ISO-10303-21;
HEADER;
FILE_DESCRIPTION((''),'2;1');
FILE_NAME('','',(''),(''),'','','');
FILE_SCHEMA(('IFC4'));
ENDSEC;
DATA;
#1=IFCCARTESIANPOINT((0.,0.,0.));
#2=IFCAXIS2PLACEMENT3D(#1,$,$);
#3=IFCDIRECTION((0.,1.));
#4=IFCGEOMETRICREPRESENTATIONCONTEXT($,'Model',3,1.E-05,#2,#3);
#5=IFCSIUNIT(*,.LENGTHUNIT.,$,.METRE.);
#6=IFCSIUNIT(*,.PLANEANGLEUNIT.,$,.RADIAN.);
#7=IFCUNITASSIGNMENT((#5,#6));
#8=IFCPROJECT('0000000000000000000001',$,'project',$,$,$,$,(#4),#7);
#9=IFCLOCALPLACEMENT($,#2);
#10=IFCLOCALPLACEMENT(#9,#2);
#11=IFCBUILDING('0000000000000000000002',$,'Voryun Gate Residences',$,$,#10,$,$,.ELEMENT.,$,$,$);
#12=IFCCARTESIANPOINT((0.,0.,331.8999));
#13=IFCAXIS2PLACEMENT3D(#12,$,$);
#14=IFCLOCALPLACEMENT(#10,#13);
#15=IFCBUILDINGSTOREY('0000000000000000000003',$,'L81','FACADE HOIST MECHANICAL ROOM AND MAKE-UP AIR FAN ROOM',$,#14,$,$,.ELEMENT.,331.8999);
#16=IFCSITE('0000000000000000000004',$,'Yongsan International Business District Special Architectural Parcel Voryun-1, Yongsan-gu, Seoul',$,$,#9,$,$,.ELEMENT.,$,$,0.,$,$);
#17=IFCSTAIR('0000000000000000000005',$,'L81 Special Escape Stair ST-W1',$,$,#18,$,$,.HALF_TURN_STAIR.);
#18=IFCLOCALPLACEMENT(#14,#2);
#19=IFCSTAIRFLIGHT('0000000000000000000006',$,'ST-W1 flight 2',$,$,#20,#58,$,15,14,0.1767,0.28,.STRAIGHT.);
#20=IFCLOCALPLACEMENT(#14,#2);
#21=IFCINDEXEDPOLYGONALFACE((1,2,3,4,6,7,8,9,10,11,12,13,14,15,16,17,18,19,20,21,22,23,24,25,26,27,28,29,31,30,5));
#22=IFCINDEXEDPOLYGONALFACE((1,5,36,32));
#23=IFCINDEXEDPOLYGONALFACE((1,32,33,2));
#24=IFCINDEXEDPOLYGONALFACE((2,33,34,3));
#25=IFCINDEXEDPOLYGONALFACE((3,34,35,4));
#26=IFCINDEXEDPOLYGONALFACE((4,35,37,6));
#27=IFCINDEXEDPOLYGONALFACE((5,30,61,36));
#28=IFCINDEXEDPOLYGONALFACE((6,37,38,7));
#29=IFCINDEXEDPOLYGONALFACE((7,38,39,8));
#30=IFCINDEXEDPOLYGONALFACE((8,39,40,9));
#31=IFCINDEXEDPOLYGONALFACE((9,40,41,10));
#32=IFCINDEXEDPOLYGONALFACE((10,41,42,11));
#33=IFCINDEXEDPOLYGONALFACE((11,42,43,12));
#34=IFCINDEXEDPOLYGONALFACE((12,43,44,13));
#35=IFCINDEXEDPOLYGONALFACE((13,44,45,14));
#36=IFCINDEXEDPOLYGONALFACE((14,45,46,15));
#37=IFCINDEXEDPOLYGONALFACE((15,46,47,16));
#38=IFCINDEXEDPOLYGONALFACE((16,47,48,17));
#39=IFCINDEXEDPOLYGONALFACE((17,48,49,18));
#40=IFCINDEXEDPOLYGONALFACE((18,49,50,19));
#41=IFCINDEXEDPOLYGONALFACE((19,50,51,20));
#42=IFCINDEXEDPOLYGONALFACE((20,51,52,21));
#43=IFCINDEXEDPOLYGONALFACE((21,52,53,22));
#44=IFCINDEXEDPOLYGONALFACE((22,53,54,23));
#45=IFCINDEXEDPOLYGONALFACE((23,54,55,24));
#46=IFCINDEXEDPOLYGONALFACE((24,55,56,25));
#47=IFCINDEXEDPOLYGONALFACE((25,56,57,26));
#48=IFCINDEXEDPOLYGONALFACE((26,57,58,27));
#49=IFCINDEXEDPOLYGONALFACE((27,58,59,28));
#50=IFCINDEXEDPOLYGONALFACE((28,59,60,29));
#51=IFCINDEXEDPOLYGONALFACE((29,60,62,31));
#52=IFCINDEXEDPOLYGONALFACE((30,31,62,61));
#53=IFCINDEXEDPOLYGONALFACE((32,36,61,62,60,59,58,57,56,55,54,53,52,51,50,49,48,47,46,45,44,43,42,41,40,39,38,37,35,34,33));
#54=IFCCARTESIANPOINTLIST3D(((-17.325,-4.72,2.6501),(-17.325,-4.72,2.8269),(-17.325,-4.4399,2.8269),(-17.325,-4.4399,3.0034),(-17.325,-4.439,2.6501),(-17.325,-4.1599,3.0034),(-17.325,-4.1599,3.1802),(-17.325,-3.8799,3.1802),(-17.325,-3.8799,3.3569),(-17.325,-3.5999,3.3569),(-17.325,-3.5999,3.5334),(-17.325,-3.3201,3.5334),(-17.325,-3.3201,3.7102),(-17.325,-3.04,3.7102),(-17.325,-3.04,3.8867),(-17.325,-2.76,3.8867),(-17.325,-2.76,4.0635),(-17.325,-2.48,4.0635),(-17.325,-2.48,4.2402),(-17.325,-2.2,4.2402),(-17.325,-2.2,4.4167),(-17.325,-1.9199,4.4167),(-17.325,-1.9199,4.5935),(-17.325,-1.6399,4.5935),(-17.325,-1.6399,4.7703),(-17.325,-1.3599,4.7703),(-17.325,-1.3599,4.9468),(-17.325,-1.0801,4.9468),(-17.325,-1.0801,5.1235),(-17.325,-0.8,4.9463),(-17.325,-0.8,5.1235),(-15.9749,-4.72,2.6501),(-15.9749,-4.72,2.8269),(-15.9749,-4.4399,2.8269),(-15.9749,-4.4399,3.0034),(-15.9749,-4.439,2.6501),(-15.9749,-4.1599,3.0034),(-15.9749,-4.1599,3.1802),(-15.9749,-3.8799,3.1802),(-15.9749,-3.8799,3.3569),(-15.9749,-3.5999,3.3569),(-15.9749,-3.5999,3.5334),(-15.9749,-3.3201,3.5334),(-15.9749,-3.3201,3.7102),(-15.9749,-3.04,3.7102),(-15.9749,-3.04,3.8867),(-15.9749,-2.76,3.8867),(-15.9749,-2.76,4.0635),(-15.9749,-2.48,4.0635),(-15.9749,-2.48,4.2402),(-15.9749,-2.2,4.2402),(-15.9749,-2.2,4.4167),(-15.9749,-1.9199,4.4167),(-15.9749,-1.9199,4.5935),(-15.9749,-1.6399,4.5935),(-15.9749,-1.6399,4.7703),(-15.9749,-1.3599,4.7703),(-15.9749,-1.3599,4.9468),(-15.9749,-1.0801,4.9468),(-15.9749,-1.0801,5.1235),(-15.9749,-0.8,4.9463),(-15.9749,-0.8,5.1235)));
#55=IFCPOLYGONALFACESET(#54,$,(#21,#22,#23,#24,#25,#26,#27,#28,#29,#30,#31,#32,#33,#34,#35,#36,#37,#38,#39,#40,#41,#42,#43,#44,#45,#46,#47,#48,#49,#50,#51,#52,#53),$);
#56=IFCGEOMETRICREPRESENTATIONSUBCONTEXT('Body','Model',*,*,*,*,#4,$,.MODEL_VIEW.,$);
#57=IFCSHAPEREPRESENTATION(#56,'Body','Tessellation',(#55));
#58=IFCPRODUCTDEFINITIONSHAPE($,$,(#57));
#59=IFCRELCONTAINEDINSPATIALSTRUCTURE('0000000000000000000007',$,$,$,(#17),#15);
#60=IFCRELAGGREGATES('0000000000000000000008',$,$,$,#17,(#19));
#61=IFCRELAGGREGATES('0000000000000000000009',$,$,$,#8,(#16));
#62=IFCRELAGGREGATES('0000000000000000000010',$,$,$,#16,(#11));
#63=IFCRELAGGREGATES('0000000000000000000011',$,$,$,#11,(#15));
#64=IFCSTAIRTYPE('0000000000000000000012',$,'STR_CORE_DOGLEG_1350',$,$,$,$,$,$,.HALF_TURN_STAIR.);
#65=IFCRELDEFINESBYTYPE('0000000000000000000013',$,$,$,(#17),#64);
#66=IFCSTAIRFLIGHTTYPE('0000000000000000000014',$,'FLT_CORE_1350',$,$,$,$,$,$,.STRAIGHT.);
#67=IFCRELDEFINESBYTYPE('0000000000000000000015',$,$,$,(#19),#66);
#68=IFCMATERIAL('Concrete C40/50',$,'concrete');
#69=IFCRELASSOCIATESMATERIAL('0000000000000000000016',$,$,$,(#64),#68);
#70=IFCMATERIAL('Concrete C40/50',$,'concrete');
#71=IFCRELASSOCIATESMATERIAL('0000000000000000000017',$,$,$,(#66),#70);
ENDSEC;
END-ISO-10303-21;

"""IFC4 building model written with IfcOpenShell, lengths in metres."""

from ifc_helpers import new_model, si_unit, direction, frame, origin, place, context, subcontext, project, spatial, polyline, outline, extrude, material, type_object, element, aggregate, save


model = new_model("IFC4")

# Units and contexts
model_context = context("Model", 3, precision=1e-05, world=origin(), true_north=direction((0.0, 1.0)))
body_context = subcontext(model_context, "Body", "Model", "MODEL_VIEW")
ifc_project = project(units=[si_unit("LENGTHUNIT", "METRE"), si_unit("PLANEANGLEUNIT", "RADIAN")], contexts=[model_context])

# Site, building, storey
site_placement = place(None, origin())
site = spatial("IfcSite", under=ifc_project, at=site_placement, Name="Yongsan International Business District Special Architectural Parcel Voryun-1, Yongsan-gu, Seoul", CompositionType="ELEMENT", RefElevation=0.0)
building_placement = place(site_placement, origin())
building = spatial("IfcBuilding", under=site, at=building_placement, Name="Voryun Gate Residences", CompositionType="ELEMENT")
storey_placement = place(building_placement, frame((0.0, 0.0, 331.8999)))
storey = spatial("IfcBuildingStorey", under=building, at=storey_placement, Name="L81", Description="FACADE HOIST MECHANICAL ROOM AND MAKE-UP AIR FAN ROOM", CompositionType="ELEMENT", Elevation=331.8999)

# Stair, stair flight
ifc_material_1 = material(Name="Concrete C40/50", Category="concrete")
stair_type = type_object("IfcStairType", Name="STR_CORE_DOGLEG_1350", PredefinedType="HALF_TURN_STAIR", material=ifc_material_1)
stair_placement = place(storey_placement, origin())
stair = element("IfcStair", 1, at=stair_placement, inside=storey, type_object=stair_type, Name="L81 Special Escape Stair ST-W1", PredefinedType="HALF_TURN_STAIR")
ifc_material_2 = material(Name="Concrete C40/50", Category="concrete")
stair_flight_type = type_object("IfcStairFlightType", Name="FLT_CORE_1350", PredefinedType="STRAIGHT", material=ifc_material_2)
stair_flight_1_placement = place(storey_placement, frame((-16.6499, -4.72, 2.6501), z_axis=(0.0, 0.0, 1.0), x_axis=(0.0, 1.0, 0.0)))
stair_flight_1 = element("IfcStairFlight", 2, at=stair_flight_1_placement, type_object=stair_flight_type, Name="ST-W1 flight 2", NumberOfRisers=15, NumberOfTreads=14, PredefinedType="STRAIGHT", RiserHeight=0.1767, TreadLength=0.28, context=body_context, shape_type="SweptSolid", body=[
    extrude(outline(polyline([(0.0, 0.0), (0.0, 0.1768), (0.28, 0.1768), (0.28, 0.3533), (0.5601, 0.3533), (0.5601, 0.53), (0.8401, 0.53), (0.8401, 0.7068), (1.1201, 0.7068), (1.1201, 0.8833), (1.3999, 0.8833), (1.3999, 1.0601), (1.6799, 1.0601), (1.6799, 1.2366), (1.96, 1.2366), (1.96, 1.4133), (2.24, 1.4133), (2.24, 1.5901), (2.52, 1.5901), (2.52, 1.7666), (2.8, 1.7666), (2.8, 1.9434), (3.0801, 1.9434), (3.0801, 2.1201), (3.3601, 2.1201), (3.3601, 2.2966), (3.6399, 2.2966), (3.6399, 2.4734), (3.9199, 2.4734), (3.9199, 2.6499), (3.9199, 2.2961), (0.281, 0.0), (0.0, 0.0)])), frame((0.0, 0.675, 0.0), z_axis=(0.0, -1.0, 0.0), x_axis=(1.0, 0.0, 0.0)), (0.0, 0.0, 1.0), 1.3501),
])
aggregate(stair, [stair_flight_1])

save(model, "model.ifc")
